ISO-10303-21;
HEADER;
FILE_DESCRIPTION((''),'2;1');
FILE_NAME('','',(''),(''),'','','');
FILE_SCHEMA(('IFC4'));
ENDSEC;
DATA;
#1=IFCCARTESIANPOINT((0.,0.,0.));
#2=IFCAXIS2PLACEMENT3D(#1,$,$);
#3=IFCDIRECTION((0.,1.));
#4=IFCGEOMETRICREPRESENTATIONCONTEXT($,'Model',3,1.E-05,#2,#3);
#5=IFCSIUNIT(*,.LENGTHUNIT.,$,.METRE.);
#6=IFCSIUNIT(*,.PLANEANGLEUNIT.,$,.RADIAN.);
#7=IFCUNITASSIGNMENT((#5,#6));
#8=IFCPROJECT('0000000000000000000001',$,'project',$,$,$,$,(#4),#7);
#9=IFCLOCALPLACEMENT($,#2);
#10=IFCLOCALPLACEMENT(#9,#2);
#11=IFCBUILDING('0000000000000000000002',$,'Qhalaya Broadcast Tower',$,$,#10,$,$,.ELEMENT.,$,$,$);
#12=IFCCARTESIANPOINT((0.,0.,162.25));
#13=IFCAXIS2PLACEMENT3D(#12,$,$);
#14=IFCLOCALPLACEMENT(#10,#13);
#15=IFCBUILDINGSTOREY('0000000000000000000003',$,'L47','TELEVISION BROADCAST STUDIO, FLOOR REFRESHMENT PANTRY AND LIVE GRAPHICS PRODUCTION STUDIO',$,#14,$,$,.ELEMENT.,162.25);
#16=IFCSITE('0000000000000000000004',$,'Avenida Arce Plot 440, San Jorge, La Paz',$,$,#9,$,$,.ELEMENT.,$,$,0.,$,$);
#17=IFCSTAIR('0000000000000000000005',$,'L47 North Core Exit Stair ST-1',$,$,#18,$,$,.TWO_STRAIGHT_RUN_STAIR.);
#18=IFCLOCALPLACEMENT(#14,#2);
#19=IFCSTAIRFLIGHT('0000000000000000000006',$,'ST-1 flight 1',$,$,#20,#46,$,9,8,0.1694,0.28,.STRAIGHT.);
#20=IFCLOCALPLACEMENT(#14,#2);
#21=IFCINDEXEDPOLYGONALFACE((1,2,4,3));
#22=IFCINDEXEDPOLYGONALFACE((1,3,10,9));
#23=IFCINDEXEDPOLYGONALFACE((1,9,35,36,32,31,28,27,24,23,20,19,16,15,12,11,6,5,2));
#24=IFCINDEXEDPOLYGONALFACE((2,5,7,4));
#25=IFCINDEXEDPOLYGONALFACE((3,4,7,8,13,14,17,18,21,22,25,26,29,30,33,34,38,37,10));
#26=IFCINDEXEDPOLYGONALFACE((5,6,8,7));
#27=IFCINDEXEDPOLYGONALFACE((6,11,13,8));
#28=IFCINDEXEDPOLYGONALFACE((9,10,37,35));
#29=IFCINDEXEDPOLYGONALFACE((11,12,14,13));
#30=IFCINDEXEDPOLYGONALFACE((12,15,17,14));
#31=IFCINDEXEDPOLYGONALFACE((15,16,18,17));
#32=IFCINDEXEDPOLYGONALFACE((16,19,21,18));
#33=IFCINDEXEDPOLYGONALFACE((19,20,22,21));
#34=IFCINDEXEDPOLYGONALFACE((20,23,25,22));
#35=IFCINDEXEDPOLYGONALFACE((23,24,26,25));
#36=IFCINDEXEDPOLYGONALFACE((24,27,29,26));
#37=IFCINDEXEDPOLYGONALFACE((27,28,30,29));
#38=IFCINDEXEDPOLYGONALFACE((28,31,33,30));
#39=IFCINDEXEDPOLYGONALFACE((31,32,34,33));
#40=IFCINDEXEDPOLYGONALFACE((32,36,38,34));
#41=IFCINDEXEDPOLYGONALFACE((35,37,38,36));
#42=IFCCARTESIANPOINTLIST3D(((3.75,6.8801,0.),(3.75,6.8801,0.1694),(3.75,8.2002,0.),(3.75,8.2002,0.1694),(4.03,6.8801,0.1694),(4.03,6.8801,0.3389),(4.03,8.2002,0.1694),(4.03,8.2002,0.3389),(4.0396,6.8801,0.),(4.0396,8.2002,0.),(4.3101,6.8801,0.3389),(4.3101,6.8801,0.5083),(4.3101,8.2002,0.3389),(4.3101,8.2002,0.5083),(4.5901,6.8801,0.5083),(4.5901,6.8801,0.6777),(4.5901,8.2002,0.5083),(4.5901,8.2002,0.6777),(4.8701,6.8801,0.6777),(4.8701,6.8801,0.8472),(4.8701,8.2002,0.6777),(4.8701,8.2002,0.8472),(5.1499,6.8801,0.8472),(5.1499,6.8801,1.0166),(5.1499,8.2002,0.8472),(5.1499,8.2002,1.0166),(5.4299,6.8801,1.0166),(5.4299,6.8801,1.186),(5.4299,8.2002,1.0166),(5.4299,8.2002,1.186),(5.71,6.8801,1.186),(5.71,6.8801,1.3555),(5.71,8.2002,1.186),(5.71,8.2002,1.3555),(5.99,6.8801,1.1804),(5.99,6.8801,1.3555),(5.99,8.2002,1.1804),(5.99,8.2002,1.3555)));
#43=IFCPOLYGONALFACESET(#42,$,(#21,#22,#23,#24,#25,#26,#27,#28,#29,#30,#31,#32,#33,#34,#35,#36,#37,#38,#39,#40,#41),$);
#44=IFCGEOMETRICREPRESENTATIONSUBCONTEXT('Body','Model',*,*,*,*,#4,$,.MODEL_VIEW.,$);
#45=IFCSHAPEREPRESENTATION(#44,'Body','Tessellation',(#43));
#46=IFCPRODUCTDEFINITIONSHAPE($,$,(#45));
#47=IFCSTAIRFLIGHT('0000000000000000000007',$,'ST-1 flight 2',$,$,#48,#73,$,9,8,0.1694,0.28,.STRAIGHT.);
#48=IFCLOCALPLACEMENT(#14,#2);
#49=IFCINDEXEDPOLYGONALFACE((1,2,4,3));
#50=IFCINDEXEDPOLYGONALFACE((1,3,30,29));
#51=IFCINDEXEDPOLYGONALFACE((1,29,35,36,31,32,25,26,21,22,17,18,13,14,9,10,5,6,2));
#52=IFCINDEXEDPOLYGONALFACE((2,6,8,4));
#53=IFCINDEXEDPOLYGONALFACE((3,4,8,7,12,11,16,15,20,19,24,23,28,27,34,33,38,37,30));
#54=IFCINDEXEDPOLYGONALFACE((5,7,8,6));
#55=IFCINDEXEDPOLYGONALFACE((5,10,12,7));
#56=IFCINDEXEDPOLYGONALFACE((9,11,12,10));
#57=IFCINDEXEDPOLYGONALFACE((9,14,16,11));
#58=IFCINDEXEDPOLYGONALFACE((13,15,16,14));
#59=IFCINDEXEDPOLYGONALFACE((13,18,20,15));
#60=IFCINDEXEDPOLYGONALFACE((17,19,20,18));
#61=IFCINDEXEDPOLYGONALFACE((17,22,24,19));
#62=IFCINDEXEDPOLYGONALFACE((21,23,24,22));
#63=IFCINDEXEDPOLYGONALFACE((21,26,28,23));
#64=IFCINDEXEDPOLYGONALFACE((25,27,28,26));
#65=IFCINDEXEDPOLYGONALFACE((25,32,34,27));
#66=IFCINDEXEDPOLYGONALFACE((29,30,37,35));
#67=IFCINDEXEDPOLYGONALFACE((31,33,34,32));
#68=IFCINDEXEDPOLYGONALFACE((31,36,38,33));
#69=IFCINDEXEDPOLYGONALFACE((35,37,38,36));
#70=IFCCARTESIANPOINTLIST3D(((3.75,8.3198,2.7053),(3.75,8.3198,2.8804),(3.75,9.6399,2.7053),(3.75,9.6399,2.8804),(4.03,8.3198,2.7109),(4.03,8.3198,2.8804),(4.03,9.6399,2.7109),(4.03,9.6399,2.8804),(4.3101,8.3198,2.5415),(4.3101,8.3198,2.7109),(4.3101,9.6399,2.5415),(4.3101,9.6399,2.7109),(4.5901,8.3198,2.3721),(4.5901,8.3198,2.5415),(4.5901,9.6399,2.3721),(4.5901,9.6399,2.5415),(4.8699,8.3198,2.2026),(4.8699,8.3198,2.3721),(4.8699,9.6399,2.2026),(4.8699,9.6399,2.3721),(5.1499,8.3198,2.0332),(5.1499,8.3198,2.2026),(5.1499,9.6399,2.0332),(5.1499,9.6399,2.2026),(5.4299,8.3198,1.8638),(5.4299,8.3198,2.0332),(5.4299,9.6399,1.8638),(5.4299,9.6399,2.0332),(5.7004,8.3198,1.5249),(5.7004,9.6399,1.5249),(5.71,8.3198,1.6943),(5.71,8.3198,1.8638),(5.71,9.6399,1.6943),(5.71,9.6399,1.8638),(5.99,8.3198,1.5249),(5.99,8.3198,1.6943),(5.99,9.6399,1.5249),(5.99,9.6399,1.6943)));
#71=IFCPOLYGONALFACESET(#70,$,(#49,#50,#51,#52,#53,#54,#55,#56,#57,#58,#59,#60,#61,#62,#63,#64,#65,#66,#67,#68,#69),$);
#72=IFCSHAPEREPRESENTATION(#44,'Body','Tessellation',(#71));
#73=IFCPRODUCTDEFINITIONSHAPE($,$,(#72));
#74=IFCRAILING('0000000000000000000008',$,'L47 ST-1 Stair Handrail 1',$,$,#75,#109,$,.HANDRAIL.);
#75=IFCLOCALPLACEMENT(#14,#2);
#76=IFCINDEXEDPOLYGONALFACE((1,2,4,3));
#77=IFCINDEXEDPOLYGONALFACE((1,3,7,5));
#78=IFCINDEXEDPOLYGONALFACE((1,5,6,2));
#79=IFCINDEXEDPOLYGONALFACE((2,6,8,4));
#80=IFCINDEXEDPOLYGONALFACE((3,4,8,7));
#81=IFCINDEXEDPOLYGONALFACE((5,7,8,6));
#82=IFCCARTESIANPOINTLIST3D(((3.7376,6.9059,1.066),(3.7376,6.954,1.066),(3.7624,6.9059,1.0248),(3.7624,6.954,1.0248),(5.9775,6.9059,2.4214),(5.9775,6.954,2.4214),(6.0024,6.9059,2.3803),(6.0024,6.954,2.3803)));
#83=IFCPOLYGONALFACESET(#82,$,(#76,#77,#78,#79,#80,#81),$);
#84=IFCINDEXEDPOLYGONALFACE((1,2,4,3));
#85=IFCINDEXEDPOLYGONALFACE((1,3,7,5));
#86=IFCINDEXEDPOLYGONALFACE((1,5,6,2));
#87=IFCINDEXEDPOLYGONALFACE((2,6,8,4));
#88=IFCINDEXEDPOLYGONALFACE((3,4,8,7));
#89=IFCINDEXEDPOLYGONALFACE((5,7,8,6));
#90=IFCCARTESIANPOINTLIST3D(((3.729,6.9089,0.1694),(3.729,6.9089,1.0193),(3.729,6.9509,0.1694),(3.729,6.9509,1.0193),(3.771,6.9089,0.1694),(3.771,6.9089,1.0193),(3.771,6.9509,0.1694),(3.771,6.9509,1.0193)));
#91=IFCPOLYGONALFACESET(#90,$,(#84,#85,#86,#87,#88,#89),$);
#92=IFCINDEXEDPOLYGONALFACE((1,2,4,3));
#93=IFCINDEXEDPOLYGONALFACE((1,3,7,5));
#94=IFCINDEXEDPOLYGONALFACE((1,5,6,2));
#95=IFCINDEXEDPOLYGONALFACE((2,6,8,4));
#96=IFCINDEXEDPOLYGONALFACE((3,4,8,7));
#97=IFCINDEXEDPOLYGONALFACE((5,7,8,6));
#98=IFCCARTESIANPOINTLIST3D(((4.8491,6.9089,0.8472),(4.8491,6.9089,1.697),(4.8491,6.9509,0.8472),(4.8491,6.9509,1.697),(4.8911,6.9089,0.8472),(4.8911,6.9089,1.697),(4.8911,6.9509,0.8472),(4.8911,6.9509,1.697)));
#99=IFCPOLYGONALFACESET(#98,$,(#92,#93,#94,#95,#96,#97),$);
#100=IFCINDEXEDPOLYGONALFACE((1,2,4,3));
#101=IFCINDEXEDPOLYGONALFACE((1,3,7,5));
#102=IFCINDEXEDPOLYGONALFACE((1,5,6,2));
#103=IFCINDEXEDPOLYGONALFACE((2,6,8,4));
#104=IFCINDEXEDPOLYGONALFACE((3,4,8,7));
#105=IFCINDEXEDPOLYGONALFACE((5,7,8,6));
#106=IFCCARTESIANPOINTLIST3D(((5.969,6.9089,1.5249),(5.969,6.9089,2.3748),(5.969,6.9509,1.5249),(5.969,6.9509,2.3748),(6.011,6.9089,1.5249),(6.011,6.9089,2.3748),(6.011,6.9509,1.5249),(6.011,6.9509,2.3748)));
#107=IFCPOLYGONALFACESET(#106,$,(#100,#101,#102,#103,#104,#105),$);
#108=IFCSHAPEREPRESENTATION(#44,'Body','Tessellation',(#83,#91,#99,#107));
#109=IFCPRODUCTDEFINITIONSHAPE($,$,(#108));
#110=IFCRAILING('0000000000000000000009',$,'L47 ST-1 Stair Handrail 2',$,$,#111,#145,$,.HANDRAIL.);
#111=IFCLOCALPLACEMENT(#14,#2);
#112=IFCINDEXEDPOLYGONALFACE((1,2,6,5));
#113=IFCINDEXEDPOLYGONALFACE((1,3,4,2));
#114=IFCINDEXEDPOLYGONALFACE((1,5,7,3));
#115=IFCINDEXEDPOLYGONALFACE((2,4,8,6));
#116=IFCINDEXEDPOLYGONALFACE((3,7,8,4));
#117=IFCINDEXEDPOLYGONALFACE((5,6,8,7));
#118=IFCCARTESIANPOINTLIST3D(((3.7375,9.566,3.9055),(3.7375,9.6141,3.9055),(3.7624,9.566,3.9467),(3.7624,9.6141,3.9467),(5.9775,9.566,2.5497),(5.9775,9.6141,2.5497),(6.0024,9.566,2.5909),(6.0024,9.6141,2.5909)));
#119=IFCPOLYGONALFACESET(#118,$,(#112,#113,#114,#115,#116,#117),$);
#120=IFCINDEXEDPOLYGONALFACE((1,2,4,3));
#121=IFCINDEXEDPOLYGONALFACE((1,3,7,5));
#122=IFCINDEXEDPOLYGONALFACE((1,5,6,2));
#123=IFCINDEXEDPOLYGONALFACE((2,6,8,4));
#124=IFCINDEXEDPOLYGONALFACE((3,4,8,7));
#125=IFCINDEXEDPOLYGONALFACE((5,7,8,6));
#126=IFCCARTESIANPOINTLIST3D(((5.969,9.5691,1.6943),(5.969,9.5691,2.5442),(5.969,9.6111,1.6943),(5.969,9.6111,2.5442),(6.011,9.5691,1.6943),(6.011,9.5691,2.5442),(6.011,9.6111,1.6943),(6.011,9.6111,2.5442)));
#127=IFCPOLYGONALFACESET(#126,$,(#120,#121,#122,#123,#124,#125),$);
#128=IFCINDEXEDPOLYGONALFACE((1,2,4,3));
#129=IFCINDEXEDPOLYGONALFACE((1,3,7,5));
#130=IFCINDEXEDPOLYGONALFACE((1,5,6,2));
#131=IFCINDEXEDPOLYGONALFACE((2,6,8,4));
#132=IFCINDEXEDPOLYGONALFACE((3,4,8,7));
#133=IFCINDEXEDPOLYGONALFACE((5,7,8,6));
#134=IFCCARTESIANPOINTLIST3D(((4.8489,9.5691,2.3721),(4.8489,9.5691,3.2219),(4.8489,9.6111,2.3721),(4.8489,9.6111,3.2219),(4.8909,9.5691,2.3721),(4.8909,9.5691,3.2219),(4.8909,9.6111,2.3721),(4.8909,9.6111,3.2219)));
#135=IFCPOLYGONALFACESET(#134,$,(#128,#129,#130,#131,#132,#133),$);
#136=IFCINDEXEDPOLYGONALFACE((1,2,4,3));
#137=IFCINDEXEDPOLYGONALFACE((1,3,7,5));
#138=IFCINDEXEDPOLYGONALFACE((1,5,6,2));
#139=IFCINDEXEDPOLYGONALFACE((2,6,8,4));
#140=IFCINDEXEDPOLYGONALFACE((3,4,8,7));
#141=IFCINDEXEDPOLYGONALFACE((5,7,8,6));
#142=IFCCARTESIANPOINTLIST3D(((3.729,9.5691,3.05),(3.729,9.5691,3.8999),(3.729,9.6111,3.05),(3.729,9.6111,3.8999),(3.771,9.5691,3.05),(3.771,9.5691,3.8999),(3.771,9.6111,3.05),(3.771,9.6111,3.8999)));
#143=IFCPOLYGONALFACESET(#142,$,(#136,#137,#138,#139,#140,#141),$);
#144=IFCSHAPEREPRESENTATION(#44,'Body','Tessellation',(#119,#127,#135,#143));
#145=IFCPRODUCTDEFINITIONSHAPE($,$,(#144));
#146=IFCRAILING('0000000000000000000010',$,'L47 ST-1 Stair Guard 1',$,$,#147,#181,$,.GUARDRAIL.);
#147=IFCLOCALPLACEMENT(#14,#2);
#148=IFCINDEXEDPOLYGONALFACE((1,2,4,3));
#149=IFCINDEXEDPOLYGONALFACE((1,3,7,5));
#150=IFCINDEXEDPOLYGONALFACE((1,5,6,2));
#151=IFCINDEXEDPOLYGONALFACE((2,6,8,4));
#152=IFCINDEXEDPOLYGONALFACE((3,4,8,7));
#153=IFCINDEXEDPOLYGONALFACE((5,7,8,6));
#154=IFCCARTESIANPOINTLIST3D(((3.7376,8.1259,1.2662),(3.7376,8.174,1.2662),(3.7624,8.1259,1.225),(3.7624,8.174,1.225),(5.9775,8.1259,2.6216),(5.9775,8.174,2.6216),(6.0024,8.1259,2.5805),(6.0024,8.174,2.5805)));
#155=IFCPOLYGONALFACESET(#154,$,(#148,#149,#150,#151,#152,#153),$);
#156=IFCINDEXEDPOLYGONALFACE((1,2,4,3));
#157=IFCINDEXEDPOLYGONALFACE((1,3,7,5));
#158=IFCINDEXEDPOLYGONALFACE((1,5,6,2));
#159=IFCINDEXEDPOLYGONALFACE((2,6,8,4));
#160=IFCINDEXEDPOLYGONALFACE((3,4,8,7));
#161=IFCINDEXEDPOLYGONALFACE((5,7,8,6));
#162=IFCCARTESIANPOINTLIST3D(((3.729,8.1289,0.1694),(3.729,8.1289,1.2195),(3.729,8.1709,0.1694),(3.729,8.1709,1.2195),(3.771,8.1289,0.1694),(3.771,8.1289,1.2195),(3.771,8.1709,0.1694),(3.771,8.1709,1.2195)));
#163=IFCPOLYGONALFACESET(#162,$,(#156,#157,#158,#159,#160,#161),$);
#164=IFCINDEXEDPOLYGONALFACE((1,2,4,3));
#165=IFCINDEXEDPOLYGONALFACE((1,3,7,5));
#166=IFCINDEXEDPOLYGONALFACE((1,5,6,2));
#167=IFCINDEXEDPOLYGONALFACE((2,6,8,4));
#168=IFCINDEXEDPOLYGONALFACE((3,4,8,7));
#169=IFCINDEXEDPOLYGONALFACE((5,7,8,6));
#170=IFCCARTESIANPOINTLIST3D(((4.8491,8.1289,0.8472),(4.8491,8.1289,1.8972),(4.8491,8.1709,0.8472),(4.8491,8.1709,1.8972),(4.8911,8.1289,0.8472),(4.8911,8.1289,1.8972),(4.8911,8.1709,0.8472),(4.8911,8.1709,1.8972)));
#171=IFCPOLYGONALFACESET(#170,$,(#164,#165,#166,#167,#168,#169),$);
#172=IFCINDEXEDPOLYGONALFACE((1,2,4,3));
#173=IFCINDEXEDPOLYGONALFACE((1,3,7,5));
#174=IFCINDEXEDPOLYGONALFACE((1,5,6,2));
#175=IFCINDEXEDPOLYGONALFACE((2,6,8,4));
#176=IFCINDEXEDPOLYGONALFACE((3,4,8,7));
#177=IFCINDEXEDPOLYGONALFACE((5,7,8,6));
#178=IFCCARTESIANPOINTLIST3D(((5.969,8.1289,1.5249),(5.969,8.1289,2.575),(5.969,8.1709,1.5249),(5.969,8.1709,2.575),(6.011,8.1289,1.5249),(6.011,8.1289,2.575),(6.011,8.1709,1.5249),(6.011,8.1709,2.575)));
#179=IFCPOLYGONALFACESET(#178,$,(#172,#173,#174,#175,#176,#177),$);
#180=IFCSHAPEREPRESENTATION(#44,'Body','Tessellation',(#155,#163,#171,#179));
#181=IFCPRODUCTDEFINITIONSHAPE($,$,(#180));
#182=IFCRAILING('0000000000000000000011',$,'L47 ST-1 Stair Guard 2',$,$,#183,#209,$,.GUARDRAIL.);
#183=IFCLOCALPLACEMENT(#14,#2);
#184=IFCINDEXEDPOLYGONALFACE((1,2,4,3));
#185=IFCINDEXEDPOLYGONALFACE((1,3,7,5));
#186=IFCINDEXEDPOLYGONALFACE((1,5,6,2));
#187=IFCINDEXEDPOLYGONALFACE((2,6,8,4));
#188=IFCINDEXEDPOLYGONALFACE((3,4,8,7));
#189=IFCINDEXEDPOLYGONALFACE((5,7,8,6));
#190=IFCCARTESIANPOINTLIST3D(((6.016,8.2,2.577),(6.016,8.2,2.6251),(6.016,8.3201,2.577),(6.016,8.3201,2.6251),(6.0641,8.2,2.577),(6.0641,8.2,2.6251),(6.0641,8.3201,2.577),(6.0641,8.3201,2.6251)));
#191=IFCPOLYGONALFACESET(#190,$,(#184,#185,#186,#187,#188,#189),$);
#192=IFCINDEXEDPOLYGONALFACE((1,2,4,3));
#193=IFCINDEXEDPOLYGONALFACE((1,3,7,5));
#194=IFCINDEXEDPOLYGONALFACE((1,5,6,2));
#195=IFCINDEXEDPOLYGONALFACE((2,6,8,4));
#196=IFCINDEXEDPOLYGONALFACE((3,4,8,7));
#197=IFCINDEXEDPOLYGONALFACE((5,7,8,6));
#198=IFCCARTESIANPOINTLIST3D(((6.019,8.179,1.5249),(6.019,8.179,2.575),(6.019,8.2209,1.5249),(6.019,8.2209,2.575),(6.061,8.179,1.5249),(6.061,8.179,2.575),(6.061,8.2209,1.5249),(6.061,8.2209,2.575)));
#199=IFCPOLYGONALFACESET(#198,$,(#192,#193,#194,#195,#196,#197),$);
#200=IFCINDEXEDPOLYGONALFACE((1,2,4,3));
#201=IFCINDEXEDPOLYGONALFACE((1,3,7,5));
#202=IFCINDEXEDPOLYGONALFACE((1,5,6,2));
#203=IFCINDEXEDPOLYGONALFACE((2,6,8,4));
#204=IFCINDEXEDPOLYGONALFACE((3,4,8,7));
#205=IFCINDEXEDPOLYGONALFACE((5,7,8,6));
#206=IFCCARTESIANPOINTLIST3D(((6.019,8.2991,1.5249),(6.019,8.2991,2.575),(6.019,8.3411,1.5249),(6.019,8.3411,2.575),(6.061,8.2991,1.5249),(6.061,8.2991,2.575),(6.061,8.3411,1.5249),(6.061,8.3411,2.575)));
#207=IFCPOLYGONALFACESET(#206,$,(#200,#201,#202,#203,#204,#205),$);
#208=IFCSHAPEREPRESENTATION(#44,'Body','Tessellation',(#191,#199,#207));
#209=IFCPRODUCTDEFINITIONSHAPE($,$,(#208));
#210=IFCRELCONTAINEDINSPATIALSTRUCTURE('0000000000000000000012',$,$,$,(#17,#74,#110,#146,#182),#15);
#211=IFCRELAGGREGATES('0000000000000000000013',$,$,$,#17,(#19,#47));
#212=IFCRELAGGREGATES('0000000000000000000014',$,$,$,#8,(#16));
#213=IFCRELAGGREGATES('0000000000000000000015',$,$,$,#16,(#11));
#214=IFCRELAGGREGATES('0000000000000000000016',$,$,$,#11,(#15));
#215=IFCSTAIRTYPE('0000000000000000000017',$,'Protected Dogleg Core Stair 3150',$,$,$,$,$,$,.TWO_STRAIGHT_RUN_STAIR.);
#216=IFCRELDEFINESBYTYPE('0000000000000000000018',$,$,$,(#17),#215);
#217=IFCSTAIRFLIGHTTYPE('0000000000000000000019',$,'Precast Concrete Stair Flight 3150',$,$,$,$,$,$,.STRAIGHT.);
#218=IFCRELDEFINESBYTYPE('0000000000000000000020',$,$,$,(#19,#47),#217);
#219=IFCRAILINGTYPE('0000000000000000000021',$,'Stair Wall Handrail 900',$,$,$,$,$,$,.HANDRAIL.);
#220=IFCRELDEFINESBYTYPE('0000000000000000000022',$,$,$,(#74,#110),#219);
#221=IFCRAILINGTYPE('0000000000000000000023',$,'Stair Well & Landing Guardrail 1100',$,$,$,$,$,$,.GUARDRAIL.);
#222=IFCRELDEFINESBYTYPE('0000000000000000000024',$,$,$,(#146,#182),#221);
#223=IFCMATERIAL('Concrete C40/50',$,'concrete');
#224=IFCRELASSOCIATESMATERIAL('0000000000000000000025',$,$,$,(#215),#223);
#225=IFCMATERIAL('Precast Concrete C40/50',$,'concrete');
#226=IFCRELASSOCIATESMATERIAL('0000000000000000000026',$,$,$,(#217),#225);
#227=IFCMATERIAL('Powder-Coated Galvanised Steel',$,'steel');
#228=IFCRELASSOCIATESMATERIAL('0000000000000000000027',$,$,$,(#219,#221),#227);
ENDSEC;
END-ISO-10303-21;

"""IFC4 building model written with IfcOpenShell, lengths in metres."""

from ifc_helpers import new_model, si_unit, direction, frame, origin, origin_2d, place, context, subcontext, project, spatial, polyline, rectangle, outline, extrude, material, type_object, element, aggregate, save


model = new_model("IFC4")

# Units and contexts
model_context = context("Model", 3, precision=1e-05, world=origin(), true_north=direction((0.0, 1.0)))
body_context = subcontext(model_context, "Body", "Model", "MODEL_VIEW")
ifc_project = project(units=[si_unit("LENGTHUNIT", "METRE"), si_unit("PLANEANGLEUNIT", "RADIAN")], contexts=[model_context])

# Site, building, storey
site_placement = place(None, origin())
site = spatial("IfcSite", under=ifc_project, at=site_placement, Name="Avenida Arce Plot 440, San Jorge, La Paz", CompositionType="ELEMENT", RefElevation=0.0)
building_placement = place(site_placement, origin())
building = spatial("IfcBuilding", under=site, at=building_placement, Name="Qhalaya Broadcast Tower", CompositionType="ELEMENT")
storey_placement = place(building_placement, frame((0.0, 0.0, 162.25)))
storey = spatial("IfcBuildingStorey", under=building, at=storey_placement, Name="L47", Description="TELEVISION BROADCAST STUDIO, FLOOR REFRESHMENT PANTRY AND LIVE GRAPHICS PRODUCTION STUDIO", CompositionType="ELEMENT", Elevation=162.25)

# Stair, stair flights
ifc_material_1 = material(Name="Concrete C40/50", Category="concrete")
stair_type = type_object("IfcStairType", Name="Protected Dogleg Core Stair 3150", PredefinedType="TWO_STRAIGHT_RUN_STAIR", material=ifc_material_1)
stair_placement = place(storey_placement, origin())
stair = element("IfcStair", 1, at=stair_placement, inside=storey, type_object=stair_type, Name="L47 North Core Exit Stair ST-1", PredefinedType="TWO_STRAIGHT_RUN_STAIR")
ifc_material_2 = material(Name="Precast Concrete C40/50", Category="concrete")
stair_flight_type = type_object("IfcStairFlightType", Name="Precast Concrete Stair Flight 3150", PredefinedType="STRAIGHT", material=ifc_material_2)
stair_flight_1_placement = place(storey_placement, frame((3.75, 7.54, 0.0), z_axis=(0.0, 0.0, 1.0), x_axis=(1.0, 0.0, 0.0)))
stair_flight_1 = element("IfcStairFlight", 2, at=stair_flight_1_placement, type_object=stair_flight_type, Name="ST-1 flight 1", NumberOfRisers=9, NumberOfTreads=8, PredefinedType="STRAIGHT", RiserHeight=0.1694, TreadLength=0.28, context=body_context, shape_type="SweptSolid", body=[
    extrude(outline(polyline([(0.0, 0.0), (0.0, 0.1694), (0.28, 0.1694), (0.28, 0.3389), (0.5601, 0.3389), (0.5601, 0.5083), (0.8401, 0.5083), (0.8401, 0.6777), (1.1201, 0.6777), (1.1201, 0.8472), (1.3999, 0.8472), (1.3999, 1.0166), (1.6799, 1.0166), (1.6799, 1.186), (1.96, 1.186), (1.96, 1.3555), (2.24, 1.3555), (2.24, 1.5249), (2.24, 1.1804), (0.2896, 0.0), (0.0, 0.0)])), frame((0.0, 0.6602, 0.0), z_axis=(0.0, -1.0, 0.0), x_axis=(1.0, 0.0, 0.0)), (0.0, 0.0, 1.0), 1.3201),
])
stair_flight_2_placement = place(storey_placement, frame((5.99, 8.98, 1.5249), z_axis=(0.0, 0.0, 1.0), x_axis=(-1.0, 0.0, 0.0)))
stair_flight_2 = element("IfcStairFlight", 3, at=stair_flight_2_placement, type_object=stair_flight_type, Name="ST-1 flight 2", NumberOfRisers=9, NumberOfTreads=8, PredefinedType="STRAIGHT", RiserHeight=0.1694, TreadLength=0.28, context=body_context, shape_type="SweptSolid", body=[
    extrude(outline(polyline([(0.0, 0.0), (0.0, 0.1694), (0.28, 0.1694), (0.28, 0.3389), (0.5601, 0.3389), (0.5601, 0.5083), (0.8401, 0.5083), (0.8401, 0.6777), (1.1201, 0.6777), (1.1201, 0.8472), (1.3999, 0.8472), (1.3999, 1.0166), (1.6799, 1.0166), (1.6799, 1.186), (1.96, 1.186), (1.96, 1.3555), (2.24, 1.3555), (2.24, 1.5249), (2.24, 1.1804), (0.2896, 0.0), (0.0, 0.0)])), frame((0.0, 0.6602, 0.0), z_axis=(0.0, -1.0, 0.0), x_axis=(1.0, 0.0, 0.0)), (0.0, 0.0, 1.0), 1.3201),
])
aggregate(stair, [stair_flight_1, stair_flight_2])

# Railings
ifc_material_3 = material(Name="Powder-Coated Galvanised Steel", Category="steel")
railing_type_1 = type_object("IfcRailingType", Name="Stair Wall Handrail 900", PredefinedType="HANDRAIL", material=ifc_material_3)
railing_1_placement = place(storey_placement, frame((3.75, 6.9299, 0.1694)))
element("IfcRailing", 4, at=railing_1_placement, inside=storey, type_object=railing_type_1, Name="L47 ST-1 Stair Handrail 1", PredefinedType="HANDRAIL", context=body_context, shape_type="SweptSolid", body=[
    extrude(rectangle(XDim=0.0481, YDim=0.0481, at=origin_2d()), frame((0.0, 0.0, 0.876), z_axis=(0.855553, 0.0, 0.517715), x_axis=(0.0, 1.0, 0.0)), (0.0, 0.0, 1.0), 2.6182),
    extrude(rectangle(XDim=0.042, YDim=0.042, at=origin_2d()), origin(), (0.0, 0.0, 1.0), 0.8499),
    extrude(rectangle(XDim=0.042, YDim=0.042, at=origin_2d()), frame((1.1201, 0.0, 0.6777)), (0.0, 0.0, 1.0), 0.8499),
    extrude(rectangle(XDim=0.042, YDim=0.042, at=origin_2d()), frame((2.24, 0.0, 1.3555)), (0.0, 0.0, 1.0), 0.8499),
])
railing_2_placement = place(storey_placement, frame((5.99, 9.5901, 1.6943)))
element("IfcRailing", 5, at=railing_2_placement, inside=storey, type_object=railing_type_1, Name="L47 ST-1 Stair Handrail 2", PredefinedType="HANDRAIL", context=body_context, shape_type="SweptSolid", body=[
    extrude(rectangle(XDim=0.0481, YDim=0.0481, at=origin_2d()), frame((0.0, 0.0, 0.876), z_axis=(-0.855512, 0.0, 0.517783), x_axis=(0.0, -1.0, 0.0)), (0.0, 0.0, 1.0), 2.6184),
    extrude(rectangle(XDim=0.042, YDim=0.042, at=origin_2d()), origin(), (0.0, 0.0, 1.0), 0.8499),
    extrude(rectangle(XDim=0.042, YDim=0.042, at=origin_2d()), frame((-1.1201, 0.0, 0.6777)), (0.0, 0.0, 1.0), 0.8499),
    extrude(rectangle(XDim=0.042, YDim=0.042, at=origin_2d()), frame((-2.24, 0.0, 1.3557)), (0.0, 0.0, 1.0), 0.8499),
])
railing_type_2 = type_object("IfcRailingType", Name="Stair Well & Landing Guardrail 1100", PredefinedType="GUARDRAIL", material=ifc_material_3)
railing_3_placement = place(storey_placement, frame((3.75, 8.1499, 0.1694)))
element("IfcRailing", 6, at=railing_3_placement, inside=storey, type_object=railing_type_2, Name="L47 ST-1 Stair Guard 1", PredefinedType="GUARDRAIL", context=body_context, shape_type="SweptSolid", body=[
    extrude(rectangle(XDim=0.0481, YDim=0.0481, at=origin_2d()), frame((0.0, 0.0, 1.0762), z_axis=(0.855553, 0.0, 0.517715), x_axis=(0.0, 1.0, 0.0)), (0.0, 0.0, 1.0), 2.6182),
    extrude(rectangle(XDim=0.042, YDim=0.042, at=origin_2d()), origin(), (0.0, 0.0, 1.0), 1.05),
    extrude(rectangle(XDim=0.042, YDim=0.042, at=origin_2d()), frame((1.1201, 0.0, 0.6777)), (0.0, 0.0, 1.0), 1.05),
    extrude(rectangle(XDim=0.042, YDim=0.042, at=origin_2d()), frame((2.24, 0.0, 1.3555)), (0.0, 0.0, 1.0), 1.05),
])
railing_4_placement = place(storey_placement, frame((6.04, 8.2, 1.5249)))
element("IfcRailing", 7, at=railing_4_placement, inside=storey, type_object=railing_type_2, Name="L47 ST-1 Stair Guard 2", PredefinedType="GUARDRAIL", context=body_context, shape_type="SweptSolid", body=[
    extrude(rectangle(XDim=0.0481, YDim=0.0481, at=origin_2d()), frame((0.0, 0.0, 1.0762), z_axis=(0.0, 1.0, 0.0), x_axis=(-1.0, 0.0, 0.0)), (0.0, 0.0, 1.0), 0.1201),
    extrude(rectangle(XDim=0.042, YDim=0.042, at=origin_2d()), origin(), (0.0, 0.0, 1.0), 1.05),
    extrude(rectangle(XDim=0.042, YDim=0.042, at=origin_2d()), frame((0.0, 0.1201, 0.0)), (0.0, 0.0, 1.0), 1.05),
])

save(model, "model.ifc")
